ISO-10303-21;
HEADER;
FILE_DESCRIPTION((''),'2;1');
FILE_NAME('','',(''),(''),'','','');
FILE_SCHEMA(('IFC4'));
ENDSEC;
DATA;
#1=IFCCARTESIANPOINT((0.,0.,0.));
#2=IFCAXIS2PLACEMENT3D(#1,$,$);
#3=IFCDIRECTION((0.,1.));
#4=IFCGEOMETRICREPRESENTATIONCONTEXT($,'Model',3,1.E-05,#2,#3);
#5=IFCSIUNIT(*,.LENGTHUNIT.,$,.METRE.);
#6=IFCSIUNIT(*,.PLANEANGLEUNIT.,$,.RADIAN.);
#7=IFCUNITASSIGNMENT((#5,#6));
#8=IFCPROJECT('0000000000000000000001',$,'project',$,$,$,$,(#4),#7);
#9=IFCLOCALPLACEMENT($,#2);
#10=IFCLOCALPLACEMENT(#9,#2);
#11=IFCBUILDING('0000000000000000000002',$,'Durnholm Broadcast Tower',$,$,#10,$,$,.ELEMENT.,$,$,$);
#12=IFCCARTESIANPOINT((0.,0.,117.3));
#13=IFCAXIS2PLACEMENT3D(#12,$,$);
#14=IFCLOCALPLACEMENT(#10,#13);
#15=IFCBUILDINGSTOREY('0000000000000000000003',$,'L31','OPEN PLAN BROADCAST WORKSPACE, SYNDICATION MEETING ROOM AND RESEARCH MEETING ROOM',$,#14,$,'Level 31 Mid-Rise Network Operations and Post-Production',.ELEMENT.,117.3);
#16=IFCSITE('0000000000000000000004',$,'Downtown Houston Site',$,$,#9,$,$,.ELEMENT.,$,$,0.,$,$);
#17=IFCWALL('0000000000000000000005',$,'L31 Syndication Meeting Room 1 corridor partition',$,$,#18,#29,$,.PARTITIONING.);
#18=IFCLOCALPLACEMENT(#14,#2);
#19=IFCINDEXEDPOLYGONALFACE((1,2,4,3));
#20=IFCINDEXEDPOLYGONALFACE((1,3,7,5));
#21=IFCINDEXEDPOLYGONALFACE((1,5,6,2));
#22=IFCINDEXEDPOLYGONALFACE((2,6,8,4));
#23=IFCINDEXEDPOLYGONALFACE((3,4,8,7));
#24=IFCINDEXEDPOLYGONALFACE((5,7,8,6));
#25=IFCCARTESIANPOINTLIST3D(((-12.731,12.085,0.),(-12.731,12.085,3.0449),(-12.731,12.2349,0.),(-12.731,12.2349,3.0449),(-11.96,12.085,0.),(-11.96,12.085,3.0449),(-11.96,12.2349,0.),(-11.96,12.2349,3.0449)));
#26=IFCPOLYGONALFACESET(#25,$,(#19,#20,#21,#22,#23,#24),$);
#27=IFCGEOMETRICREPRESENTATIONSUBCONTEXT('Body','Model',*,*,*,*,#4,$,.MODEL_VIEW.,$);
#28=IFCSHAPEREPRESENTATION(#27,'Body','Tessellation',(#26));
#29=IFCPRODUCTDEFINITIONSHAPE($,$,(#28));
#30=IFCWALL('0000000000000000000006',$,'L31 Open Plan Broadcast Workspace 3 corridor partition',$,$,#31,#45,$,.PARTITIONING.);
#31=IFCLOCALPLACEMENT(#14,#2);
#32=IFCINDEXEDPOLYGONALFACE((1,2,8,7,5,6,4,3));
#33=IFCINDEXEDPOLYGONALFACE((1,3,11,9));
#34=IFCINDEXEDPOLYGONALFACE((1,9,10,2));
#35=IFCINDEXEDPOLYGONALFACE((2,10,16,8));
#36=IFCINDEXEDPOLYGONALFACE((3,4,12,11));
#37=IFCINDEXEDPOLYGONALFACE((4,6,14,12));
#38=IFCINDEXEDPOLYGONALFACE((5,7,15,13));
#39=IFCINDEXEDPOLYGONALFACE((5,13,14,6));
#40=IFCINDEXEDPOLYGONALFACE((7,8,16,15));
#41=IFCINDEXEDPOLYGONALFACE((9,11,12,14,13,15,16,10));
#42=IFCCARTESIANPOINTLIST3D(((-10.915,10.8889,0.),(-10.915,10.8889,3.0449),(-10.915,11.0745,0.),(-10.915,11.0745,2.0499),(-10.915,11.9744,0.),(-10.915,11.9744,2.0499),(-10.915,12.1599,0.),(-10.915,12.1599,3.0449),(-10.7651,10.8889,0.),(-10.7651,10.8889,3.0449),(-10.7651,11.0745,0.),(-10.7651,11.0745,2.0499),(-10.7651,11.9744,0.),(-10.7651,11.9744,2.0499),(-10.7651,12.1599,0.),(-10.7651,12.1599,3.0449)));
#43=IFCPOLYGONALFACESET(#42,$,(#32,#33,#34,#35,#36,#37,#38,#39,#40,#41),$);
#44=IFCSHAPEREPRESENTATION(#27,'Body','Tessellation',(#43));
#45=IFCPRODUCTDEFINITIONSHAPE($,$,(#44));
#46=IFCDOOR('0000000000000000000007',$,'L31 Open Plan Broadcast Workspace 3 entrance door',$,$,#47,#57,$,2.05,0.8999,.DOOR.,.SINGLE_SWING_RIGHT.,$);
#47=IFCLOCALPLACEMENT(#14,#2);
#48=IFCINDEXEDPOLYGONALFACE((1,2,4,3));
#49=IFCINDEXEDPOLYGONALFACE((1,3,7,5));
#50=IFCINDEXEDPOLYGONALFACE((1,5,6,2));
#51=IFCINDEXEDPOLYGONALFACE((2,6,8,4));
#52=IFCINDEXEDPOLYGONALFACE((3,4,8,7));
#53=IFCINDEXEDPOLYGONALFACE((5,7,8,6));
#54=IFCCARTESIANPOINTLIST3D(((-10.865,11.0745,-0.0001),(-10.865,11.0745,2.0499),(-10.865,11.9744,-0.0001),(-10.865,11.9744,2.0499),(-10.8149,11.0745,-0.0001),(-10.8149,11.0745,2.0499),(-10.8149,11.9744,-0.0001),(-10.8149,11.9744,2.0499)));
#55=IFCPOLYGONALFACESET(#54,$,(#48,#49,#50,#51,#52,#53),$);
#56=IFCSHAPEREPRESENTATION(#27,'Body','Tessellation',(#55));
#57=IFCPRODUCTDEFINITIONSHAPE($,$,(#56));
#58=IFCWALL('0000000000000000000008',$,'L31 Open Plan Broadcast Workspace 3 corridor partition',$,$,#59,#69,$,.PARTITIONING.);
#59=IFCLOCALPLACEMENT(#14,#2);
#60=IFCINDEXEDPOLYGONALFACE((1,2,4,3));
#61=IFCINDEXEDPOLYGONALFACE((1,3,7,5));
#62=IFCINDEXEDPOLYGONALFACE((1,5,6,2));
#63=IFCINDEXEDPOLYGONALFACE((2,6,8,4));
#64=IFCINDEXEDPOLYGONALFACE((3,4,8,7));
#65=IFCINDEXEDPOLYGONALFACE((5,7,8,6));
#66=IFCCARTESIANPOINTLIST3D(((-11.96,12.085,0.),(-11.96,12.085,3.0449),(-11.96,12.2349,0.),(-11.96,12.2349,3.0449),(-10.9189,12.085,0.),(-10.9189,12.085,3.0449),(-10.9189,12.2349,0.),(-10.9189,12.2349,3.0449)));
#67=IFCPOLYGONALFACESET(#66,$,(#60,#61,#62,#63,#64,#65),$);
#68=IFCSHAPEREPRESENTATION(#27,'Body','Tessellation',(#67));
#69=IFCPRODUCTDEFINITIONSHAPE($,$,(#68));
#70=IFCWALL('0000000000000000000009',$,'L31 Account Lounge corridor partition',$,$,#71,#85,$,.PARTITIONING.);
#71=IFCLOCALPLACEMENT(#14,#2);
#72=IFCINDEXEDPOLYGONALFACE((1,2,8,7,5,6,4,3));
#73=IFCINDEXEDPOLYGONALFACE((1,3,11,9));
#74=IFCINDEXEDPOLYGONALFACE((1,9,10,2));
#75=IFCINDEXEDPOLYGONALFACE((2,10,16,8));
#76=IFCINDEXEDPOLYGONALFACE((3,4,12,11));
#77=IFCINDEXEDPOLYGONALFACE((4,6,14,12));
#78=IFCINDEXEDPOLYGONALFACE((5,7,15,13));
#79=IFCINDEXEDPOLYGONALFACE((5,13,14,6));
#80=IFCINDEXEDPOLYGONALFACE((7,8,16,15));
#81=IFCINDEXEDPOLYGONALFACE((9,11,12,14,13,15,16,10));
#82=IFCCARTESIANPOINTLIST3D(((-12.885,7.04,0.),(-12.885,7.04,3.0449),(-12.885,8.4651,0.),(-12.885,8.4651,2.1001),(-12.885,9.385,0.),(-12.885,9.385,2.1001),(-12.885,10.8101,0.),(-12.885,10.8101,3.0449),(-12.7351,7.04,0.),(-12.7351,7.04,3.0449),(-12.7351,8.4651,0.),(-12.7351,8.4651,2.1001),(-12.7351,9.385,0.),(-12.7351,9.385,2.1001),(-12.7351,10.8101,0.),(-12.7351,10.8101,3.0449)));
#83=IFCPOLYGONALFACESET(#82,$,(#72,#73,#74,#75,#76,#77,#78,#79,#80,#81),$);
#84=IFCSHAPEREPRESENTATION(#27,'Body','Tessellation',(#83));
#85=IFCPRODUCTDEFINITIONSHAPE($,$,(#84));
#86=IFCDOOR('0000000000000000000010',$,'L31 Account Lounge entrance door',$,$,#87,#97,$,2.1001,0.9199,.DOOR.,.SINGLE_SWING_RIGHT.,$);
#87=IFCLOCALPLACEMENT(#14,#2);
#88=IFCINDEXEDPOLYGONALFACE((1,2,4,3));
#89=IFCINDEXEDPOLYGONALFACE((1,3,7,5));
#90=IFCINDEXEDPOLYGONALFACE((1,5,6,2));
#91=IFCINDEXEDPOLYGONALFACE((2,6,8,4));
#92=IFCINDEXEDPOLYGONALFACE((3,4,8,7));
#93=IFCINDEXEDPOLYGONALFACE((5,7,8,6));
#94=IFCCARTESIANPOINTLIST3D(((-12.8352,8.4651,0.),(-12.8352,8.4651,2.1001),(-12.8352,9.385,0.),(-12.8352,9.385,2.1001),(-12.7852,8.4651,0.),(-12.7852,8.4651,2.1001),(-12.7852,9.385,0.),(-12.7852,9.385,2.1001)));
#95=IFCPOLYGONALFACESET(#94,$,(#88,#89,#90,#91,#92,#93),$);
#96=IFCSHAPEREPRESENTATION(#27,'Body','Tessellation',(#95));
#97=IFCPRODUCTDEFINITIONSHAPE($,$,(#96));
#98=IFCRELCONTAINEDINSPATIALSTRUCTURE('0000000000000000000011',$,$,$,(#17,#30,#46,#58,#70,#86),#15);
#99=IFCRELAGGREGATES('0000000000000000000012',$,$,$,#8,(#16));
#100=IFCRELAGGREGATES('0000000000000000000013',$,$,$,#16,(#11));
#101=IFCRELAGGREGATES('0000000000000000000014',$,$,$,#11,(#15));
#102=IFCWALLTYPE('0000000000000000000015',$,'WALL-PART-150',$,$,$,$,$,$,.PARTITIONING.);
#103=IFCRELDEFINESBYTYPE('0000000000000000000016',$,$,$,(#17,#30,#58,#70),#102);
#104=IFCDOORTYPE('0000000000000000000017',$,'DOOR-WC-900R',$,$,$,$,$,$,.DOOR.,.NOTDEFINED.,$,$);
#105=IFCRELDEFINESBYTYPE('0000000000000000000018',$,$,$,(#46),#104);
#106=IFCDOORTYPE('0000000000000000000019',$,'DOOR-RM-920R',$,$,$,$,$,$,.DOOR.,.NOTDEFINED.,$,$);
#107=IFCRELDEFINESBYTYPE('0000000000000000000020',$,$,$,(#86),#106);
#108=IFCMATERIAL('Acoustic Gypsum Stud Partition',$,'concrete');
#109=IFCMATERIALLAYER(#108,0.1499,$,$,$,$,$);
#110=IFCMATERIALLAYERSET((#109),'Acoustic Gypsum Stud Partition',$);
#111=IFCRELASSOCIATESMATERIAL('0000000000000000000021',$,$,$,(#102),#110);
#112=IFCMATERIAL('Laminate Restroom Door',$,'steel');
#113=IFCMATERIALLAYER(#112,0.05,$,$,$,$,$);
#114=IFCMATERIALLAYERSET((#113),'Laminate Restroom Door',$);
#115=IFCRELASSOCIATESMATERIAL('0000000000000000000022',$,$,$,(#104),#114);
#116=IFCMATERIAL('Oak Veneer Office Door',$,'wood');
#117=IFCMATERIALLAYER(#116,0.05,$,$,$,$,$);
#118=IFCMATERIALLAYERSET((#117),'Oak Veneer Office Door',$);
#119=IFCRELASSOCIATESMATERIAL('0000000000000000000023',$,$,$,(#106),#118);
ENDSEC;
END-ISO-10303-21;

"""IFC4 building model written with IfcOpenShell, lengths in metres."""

from ifc_helpers import new_model, si_unit, direction, frame, frame_2d, origin, place, context, subcontext, project, spatial, rectangle, extrude, source, transform, mapped, material, layer, layer_set, type_object, type_shapes, element, fill, save


model = new_model("IFC4")

# Units and contexts
model_context = context("Model", 3, precision=1e-05, world=origin(), true_north=direction((0.0, 1.0)))
body_context = subcontext(model_context, "Body", "Model", "MODEL_VIEW")
ifc_project = project(units=[si_unit("LENGTHUNIT", "METRE"), si_unit("PLANEANGLEUNIT", "RADIAN")], contexts=[model_context])

# Site, building, storey
site_placement = place(None, origin())
site = spatial("IfcSite", under=ifc_project, at=site_placement, Name="Downtown Houston Site", CompositionType="ELEMENT", RefElevation=0.0)
building_placement = place(site_placement, origin())
building = spatial("IfcBuilding", under=site, at=building_placement, Name="Durnholm Broadcast Tower", CompositionType="ELEMENT")
storey_placement = place(building_placement, frame((0.0, 0.0, 117.3)))
storey = spatial("IfcBuildingStorey", under=building, at=storey_placement, Name="L31", Description="OPEN PLAN BROADCAST WORKSPACE, SYNDICATION MEETING ROOM AND RESEARCH MEETING ROOM", LongName="Level 31 Mid-Rise Network Operations and Post-Production", CompositionType="ELEMENT", Elevation=117.3)

# Shared definitions
ifc_material_1 = material(Name="Acoustic Gypsum Stud Partition", Category="concrete")
ifc_layer_1 = layer(ifc_material_1, 0.1499)
ifc_layer_set_1 = layer_set([ifc_layer_1], Name="Acoustic Gypsum Stud Partition")
wall_type_1 = type_object("IfcWallType", Name="WALL-PART-150", PredefinedType="PARTITIONING", material=ifc_layer_set_1)
ifc_material_2 = material(Name="Laminate Restroom Door", Category="steel")

# Wall
wall_1_placement = place(storey_placement, frame((-11.96, 12.1599, 0.0), z_axis=(0.0, 0.0, 1.0), x_axis=(-1.0, 0.0, 0.0)))
element("IfcWall", 1, at=wall_1_placement, inside=storey, type_object=wall_type_1, Name="L31 Syndication Meeting Room 1 corridor partition", PredefinedType="PARTITIONING", context=body_context, shape_type="SweptSolid", body=[
    extrude(rectangle(XDim=0.771, YDim=0.1499, at=frame_2d((0.3855, 0.0))), origin(), (0.0, 0.0, 1.0), 3.0449),
])

# Wall, opening, door
wall_2_placement = place(storey_placement, frame((-10.8401, 10.8889, 0.0), z_axis=(0.0, 0.0, 1.0), x_axis=(0.0, 1.0, 0.0)))
wall_2 = element("IfcWall", 2, at=wall_2_placement, inside=storey, type_object=wall_type_1, Name="L31 Open Plan Broadcast Workspace 3 corridor partition", PredefinedType="PARTITIONING", context=body_context, shape_type="SweptSolid", body=[
    extrude(rectangle(XDim=1.271, YDim=0.1499, at=frame_2d((0.6355, 0.0))), origin(), (0.0, 0.0, 1.0), 3.0449),
])
opening_1_placement = place(wall_2_placement, frame((0.1855, 0.0, 0.0)))
opening_1 = element("IfcOpeningElement", 3, at=opening_1_placement, cuts=wall_2, PredefinedType="OPENING", context=body_context, shape_type="SweptSolid", body=[
    extrude(rectangle(XDim=0.8999, YDim=2.05, at=frame_2d((0.45, 1.0249))), frame((0.0, 0.085, 0.0), z_axis=(0.0, -1.0, 0.0), x_axis=(1.0, 0.0, 0.0)), (0.0, 0.0, 1.0), 0.1699),
])
ifc_layer_2 = layer(ifc_material_2, 0.05)
ifc_layer_set_2 = layer_set([ifc_layer_2], Name="Laminate Restroom Door")
door_type_1 = type_object("IfcDoorType", Name="DOOR-WC-900R", OperationType="NOTDEFINED", PredefinedType="DOOR", material=ifc_layer_set_2)
shared_shape_1 = source(origin(), body_context, "Body", "SweptSolid", [
    extrude(rectangle(XDim=0.8999, YDim=2.05, at=frame_2d((0.45, 1.0249))), frame((0.0, 0.0249, 0.0), z_axis=(0.0, -1.0, 0.0), x_axis=(1.0, 0.0, 0.0)), (0.0, 0.0, 1.0), 0.05),
])
type_shapes(door_type_1, [shared_shape_1])
door_1_placement = place(opening_1_placement, origin())
door_1 = element("IfcDoor", 4, at=door_1_placement, inside=storey, type_object=door_type_1, Name="L31 Open Plan Broadcast Workspace 3 entrance door", OperationType="SINGLE_SWING_RIGHT", OverallHeight=2.05, OverallWidth=0.8999, PredefinedType="DOOR", context=body_context, shape_type="MappedRepresentation", body=[
    mapped(shared_shape_1, transform((0.0, 0.0, 0.0), x_axis=(1.0, 0.0, 0.0), y_axis=(0.0, 1.0, 0.0), z_axis=(0.0, 0.0, 1.0), scale=1.0)),
])
fill(opening_1, door_1)

# Wall
wall_3_placement = place(storey_placement, frame((-10.9189, 12.1599, 0.0), z_axis=(0.0, 0.0, 1.0), x_axis=(-1.0, 0.0, 0.0)))
element("IfcWall", 5, at=wall_3_placement, inside=storey, type_object=wall_type_1, Name="L31 Open Plan Broadcast Workspace 3 corridor partition", PredefinedType="PARTITIONING", context=body_context, shape_type="SweptSolid", body=[
    extrude(rectangle(XDim=1.041, YDim=0.1499, at=frame_2d((0.5205, 0.0))), origin(), (0.0, 0.0, 1.0), 3.0449),
])

# Wall, opening, door
wall_4_placement = place(storey_placement, frame((-12.8101, 10.8101, 0.0), z_axis=(0.0, 0.0, 1.0), x_axis=(0.0, -1.0, 0.0)))
wall_4 = element("IfcWall", 6, at=wall_4_placement, inside=storey, type_object=wall_type_1, Name="L31 Account Lounge corridor partition", PredefinedType="PARTITIONING", context=body_context, shape_type="SweptSolid", body=[
    extrude(rectangle(XDim=3.77, YDim=0.1499, at=frame_2d((1.885, 0.0))), origin(), (0.0, 0.0, 1.0), 3.0449),
])
opening_2_placement = place(wall_4_placement, frame((1.425, 0.0, 0.0)))
opening_2 = element("IfcOpeningElement", 7, at=opening_2_placement, cuts=wall_4, PredefinedType="OPENING", context=body_context, shape_type="SweptSolid", body=[
    extrude(rectangle(XDim=0.9199, YDim=2.1001, at=frame_2d((0.46, 1.05))), frame((0.0, 0.085, 0.0), z_axis=(0.0, -1.0, 0.0), x_axis=(1.0, 0.0, 0.0)), (0.0, 0.0, 1.0), 0.1699),
])
ifc_material_3 = material(Name="Oak Veneer Office Door", Category="wood")
ifc_layer_3 = layer(ifc_material_3, 0.05)
ifc_layer_set_3 = layer_set([ifc_layer_3], Name="Oak Veneer Office Door")
door_type_2 = type_object("IfcDoorType", Name="DOOR-RM-920R", OperationType="NOTDEFINED", PredefinedType="DOOR", material=ifc_layer_set_3)
shared_shape_2 = source(origin(), body_context, "Body", "SweptSolid", [
    extrude(rectangle(XDim=0.9199, YDim=2.1001, at=frame_2d((0.46, 1.05))), frame((0.0, 0.0249, 0.0), z_axis=(0.0, -1.0, 0.0), x_axis=(1.0, 0.0, 0.0)), (0.0, 0.0, 1.0), 0.05),
])
type_shapes(door_type_2, [shared_shape_2])
door_2_placement = place(opening_2_placement, origin())
door_2 = element("IfcDoor", 8, at=door_2_placement, inside=storey, type_object=door_type_2, Name="L31 Account Lounge entrance door", OperationType="SINGLE_SWING_RIGHT", OverallHeight=2.1001, OverallWidth=0.9199, PredefinedType="DOOR", context=body_context, shape_type="MappedRepresentation", body=[
    mapped(shared_shape_2, transform((0.0, 0.0, 0.0), x_axis=(1.0, 0.0, 0.0), y_axis=(0.0, 1.0, 0.0), z_axis=(0.0, 0.0, 1.0), scale=1.0)),
])
fill(opening_2, door_2)

save(model, "model.ifc")
